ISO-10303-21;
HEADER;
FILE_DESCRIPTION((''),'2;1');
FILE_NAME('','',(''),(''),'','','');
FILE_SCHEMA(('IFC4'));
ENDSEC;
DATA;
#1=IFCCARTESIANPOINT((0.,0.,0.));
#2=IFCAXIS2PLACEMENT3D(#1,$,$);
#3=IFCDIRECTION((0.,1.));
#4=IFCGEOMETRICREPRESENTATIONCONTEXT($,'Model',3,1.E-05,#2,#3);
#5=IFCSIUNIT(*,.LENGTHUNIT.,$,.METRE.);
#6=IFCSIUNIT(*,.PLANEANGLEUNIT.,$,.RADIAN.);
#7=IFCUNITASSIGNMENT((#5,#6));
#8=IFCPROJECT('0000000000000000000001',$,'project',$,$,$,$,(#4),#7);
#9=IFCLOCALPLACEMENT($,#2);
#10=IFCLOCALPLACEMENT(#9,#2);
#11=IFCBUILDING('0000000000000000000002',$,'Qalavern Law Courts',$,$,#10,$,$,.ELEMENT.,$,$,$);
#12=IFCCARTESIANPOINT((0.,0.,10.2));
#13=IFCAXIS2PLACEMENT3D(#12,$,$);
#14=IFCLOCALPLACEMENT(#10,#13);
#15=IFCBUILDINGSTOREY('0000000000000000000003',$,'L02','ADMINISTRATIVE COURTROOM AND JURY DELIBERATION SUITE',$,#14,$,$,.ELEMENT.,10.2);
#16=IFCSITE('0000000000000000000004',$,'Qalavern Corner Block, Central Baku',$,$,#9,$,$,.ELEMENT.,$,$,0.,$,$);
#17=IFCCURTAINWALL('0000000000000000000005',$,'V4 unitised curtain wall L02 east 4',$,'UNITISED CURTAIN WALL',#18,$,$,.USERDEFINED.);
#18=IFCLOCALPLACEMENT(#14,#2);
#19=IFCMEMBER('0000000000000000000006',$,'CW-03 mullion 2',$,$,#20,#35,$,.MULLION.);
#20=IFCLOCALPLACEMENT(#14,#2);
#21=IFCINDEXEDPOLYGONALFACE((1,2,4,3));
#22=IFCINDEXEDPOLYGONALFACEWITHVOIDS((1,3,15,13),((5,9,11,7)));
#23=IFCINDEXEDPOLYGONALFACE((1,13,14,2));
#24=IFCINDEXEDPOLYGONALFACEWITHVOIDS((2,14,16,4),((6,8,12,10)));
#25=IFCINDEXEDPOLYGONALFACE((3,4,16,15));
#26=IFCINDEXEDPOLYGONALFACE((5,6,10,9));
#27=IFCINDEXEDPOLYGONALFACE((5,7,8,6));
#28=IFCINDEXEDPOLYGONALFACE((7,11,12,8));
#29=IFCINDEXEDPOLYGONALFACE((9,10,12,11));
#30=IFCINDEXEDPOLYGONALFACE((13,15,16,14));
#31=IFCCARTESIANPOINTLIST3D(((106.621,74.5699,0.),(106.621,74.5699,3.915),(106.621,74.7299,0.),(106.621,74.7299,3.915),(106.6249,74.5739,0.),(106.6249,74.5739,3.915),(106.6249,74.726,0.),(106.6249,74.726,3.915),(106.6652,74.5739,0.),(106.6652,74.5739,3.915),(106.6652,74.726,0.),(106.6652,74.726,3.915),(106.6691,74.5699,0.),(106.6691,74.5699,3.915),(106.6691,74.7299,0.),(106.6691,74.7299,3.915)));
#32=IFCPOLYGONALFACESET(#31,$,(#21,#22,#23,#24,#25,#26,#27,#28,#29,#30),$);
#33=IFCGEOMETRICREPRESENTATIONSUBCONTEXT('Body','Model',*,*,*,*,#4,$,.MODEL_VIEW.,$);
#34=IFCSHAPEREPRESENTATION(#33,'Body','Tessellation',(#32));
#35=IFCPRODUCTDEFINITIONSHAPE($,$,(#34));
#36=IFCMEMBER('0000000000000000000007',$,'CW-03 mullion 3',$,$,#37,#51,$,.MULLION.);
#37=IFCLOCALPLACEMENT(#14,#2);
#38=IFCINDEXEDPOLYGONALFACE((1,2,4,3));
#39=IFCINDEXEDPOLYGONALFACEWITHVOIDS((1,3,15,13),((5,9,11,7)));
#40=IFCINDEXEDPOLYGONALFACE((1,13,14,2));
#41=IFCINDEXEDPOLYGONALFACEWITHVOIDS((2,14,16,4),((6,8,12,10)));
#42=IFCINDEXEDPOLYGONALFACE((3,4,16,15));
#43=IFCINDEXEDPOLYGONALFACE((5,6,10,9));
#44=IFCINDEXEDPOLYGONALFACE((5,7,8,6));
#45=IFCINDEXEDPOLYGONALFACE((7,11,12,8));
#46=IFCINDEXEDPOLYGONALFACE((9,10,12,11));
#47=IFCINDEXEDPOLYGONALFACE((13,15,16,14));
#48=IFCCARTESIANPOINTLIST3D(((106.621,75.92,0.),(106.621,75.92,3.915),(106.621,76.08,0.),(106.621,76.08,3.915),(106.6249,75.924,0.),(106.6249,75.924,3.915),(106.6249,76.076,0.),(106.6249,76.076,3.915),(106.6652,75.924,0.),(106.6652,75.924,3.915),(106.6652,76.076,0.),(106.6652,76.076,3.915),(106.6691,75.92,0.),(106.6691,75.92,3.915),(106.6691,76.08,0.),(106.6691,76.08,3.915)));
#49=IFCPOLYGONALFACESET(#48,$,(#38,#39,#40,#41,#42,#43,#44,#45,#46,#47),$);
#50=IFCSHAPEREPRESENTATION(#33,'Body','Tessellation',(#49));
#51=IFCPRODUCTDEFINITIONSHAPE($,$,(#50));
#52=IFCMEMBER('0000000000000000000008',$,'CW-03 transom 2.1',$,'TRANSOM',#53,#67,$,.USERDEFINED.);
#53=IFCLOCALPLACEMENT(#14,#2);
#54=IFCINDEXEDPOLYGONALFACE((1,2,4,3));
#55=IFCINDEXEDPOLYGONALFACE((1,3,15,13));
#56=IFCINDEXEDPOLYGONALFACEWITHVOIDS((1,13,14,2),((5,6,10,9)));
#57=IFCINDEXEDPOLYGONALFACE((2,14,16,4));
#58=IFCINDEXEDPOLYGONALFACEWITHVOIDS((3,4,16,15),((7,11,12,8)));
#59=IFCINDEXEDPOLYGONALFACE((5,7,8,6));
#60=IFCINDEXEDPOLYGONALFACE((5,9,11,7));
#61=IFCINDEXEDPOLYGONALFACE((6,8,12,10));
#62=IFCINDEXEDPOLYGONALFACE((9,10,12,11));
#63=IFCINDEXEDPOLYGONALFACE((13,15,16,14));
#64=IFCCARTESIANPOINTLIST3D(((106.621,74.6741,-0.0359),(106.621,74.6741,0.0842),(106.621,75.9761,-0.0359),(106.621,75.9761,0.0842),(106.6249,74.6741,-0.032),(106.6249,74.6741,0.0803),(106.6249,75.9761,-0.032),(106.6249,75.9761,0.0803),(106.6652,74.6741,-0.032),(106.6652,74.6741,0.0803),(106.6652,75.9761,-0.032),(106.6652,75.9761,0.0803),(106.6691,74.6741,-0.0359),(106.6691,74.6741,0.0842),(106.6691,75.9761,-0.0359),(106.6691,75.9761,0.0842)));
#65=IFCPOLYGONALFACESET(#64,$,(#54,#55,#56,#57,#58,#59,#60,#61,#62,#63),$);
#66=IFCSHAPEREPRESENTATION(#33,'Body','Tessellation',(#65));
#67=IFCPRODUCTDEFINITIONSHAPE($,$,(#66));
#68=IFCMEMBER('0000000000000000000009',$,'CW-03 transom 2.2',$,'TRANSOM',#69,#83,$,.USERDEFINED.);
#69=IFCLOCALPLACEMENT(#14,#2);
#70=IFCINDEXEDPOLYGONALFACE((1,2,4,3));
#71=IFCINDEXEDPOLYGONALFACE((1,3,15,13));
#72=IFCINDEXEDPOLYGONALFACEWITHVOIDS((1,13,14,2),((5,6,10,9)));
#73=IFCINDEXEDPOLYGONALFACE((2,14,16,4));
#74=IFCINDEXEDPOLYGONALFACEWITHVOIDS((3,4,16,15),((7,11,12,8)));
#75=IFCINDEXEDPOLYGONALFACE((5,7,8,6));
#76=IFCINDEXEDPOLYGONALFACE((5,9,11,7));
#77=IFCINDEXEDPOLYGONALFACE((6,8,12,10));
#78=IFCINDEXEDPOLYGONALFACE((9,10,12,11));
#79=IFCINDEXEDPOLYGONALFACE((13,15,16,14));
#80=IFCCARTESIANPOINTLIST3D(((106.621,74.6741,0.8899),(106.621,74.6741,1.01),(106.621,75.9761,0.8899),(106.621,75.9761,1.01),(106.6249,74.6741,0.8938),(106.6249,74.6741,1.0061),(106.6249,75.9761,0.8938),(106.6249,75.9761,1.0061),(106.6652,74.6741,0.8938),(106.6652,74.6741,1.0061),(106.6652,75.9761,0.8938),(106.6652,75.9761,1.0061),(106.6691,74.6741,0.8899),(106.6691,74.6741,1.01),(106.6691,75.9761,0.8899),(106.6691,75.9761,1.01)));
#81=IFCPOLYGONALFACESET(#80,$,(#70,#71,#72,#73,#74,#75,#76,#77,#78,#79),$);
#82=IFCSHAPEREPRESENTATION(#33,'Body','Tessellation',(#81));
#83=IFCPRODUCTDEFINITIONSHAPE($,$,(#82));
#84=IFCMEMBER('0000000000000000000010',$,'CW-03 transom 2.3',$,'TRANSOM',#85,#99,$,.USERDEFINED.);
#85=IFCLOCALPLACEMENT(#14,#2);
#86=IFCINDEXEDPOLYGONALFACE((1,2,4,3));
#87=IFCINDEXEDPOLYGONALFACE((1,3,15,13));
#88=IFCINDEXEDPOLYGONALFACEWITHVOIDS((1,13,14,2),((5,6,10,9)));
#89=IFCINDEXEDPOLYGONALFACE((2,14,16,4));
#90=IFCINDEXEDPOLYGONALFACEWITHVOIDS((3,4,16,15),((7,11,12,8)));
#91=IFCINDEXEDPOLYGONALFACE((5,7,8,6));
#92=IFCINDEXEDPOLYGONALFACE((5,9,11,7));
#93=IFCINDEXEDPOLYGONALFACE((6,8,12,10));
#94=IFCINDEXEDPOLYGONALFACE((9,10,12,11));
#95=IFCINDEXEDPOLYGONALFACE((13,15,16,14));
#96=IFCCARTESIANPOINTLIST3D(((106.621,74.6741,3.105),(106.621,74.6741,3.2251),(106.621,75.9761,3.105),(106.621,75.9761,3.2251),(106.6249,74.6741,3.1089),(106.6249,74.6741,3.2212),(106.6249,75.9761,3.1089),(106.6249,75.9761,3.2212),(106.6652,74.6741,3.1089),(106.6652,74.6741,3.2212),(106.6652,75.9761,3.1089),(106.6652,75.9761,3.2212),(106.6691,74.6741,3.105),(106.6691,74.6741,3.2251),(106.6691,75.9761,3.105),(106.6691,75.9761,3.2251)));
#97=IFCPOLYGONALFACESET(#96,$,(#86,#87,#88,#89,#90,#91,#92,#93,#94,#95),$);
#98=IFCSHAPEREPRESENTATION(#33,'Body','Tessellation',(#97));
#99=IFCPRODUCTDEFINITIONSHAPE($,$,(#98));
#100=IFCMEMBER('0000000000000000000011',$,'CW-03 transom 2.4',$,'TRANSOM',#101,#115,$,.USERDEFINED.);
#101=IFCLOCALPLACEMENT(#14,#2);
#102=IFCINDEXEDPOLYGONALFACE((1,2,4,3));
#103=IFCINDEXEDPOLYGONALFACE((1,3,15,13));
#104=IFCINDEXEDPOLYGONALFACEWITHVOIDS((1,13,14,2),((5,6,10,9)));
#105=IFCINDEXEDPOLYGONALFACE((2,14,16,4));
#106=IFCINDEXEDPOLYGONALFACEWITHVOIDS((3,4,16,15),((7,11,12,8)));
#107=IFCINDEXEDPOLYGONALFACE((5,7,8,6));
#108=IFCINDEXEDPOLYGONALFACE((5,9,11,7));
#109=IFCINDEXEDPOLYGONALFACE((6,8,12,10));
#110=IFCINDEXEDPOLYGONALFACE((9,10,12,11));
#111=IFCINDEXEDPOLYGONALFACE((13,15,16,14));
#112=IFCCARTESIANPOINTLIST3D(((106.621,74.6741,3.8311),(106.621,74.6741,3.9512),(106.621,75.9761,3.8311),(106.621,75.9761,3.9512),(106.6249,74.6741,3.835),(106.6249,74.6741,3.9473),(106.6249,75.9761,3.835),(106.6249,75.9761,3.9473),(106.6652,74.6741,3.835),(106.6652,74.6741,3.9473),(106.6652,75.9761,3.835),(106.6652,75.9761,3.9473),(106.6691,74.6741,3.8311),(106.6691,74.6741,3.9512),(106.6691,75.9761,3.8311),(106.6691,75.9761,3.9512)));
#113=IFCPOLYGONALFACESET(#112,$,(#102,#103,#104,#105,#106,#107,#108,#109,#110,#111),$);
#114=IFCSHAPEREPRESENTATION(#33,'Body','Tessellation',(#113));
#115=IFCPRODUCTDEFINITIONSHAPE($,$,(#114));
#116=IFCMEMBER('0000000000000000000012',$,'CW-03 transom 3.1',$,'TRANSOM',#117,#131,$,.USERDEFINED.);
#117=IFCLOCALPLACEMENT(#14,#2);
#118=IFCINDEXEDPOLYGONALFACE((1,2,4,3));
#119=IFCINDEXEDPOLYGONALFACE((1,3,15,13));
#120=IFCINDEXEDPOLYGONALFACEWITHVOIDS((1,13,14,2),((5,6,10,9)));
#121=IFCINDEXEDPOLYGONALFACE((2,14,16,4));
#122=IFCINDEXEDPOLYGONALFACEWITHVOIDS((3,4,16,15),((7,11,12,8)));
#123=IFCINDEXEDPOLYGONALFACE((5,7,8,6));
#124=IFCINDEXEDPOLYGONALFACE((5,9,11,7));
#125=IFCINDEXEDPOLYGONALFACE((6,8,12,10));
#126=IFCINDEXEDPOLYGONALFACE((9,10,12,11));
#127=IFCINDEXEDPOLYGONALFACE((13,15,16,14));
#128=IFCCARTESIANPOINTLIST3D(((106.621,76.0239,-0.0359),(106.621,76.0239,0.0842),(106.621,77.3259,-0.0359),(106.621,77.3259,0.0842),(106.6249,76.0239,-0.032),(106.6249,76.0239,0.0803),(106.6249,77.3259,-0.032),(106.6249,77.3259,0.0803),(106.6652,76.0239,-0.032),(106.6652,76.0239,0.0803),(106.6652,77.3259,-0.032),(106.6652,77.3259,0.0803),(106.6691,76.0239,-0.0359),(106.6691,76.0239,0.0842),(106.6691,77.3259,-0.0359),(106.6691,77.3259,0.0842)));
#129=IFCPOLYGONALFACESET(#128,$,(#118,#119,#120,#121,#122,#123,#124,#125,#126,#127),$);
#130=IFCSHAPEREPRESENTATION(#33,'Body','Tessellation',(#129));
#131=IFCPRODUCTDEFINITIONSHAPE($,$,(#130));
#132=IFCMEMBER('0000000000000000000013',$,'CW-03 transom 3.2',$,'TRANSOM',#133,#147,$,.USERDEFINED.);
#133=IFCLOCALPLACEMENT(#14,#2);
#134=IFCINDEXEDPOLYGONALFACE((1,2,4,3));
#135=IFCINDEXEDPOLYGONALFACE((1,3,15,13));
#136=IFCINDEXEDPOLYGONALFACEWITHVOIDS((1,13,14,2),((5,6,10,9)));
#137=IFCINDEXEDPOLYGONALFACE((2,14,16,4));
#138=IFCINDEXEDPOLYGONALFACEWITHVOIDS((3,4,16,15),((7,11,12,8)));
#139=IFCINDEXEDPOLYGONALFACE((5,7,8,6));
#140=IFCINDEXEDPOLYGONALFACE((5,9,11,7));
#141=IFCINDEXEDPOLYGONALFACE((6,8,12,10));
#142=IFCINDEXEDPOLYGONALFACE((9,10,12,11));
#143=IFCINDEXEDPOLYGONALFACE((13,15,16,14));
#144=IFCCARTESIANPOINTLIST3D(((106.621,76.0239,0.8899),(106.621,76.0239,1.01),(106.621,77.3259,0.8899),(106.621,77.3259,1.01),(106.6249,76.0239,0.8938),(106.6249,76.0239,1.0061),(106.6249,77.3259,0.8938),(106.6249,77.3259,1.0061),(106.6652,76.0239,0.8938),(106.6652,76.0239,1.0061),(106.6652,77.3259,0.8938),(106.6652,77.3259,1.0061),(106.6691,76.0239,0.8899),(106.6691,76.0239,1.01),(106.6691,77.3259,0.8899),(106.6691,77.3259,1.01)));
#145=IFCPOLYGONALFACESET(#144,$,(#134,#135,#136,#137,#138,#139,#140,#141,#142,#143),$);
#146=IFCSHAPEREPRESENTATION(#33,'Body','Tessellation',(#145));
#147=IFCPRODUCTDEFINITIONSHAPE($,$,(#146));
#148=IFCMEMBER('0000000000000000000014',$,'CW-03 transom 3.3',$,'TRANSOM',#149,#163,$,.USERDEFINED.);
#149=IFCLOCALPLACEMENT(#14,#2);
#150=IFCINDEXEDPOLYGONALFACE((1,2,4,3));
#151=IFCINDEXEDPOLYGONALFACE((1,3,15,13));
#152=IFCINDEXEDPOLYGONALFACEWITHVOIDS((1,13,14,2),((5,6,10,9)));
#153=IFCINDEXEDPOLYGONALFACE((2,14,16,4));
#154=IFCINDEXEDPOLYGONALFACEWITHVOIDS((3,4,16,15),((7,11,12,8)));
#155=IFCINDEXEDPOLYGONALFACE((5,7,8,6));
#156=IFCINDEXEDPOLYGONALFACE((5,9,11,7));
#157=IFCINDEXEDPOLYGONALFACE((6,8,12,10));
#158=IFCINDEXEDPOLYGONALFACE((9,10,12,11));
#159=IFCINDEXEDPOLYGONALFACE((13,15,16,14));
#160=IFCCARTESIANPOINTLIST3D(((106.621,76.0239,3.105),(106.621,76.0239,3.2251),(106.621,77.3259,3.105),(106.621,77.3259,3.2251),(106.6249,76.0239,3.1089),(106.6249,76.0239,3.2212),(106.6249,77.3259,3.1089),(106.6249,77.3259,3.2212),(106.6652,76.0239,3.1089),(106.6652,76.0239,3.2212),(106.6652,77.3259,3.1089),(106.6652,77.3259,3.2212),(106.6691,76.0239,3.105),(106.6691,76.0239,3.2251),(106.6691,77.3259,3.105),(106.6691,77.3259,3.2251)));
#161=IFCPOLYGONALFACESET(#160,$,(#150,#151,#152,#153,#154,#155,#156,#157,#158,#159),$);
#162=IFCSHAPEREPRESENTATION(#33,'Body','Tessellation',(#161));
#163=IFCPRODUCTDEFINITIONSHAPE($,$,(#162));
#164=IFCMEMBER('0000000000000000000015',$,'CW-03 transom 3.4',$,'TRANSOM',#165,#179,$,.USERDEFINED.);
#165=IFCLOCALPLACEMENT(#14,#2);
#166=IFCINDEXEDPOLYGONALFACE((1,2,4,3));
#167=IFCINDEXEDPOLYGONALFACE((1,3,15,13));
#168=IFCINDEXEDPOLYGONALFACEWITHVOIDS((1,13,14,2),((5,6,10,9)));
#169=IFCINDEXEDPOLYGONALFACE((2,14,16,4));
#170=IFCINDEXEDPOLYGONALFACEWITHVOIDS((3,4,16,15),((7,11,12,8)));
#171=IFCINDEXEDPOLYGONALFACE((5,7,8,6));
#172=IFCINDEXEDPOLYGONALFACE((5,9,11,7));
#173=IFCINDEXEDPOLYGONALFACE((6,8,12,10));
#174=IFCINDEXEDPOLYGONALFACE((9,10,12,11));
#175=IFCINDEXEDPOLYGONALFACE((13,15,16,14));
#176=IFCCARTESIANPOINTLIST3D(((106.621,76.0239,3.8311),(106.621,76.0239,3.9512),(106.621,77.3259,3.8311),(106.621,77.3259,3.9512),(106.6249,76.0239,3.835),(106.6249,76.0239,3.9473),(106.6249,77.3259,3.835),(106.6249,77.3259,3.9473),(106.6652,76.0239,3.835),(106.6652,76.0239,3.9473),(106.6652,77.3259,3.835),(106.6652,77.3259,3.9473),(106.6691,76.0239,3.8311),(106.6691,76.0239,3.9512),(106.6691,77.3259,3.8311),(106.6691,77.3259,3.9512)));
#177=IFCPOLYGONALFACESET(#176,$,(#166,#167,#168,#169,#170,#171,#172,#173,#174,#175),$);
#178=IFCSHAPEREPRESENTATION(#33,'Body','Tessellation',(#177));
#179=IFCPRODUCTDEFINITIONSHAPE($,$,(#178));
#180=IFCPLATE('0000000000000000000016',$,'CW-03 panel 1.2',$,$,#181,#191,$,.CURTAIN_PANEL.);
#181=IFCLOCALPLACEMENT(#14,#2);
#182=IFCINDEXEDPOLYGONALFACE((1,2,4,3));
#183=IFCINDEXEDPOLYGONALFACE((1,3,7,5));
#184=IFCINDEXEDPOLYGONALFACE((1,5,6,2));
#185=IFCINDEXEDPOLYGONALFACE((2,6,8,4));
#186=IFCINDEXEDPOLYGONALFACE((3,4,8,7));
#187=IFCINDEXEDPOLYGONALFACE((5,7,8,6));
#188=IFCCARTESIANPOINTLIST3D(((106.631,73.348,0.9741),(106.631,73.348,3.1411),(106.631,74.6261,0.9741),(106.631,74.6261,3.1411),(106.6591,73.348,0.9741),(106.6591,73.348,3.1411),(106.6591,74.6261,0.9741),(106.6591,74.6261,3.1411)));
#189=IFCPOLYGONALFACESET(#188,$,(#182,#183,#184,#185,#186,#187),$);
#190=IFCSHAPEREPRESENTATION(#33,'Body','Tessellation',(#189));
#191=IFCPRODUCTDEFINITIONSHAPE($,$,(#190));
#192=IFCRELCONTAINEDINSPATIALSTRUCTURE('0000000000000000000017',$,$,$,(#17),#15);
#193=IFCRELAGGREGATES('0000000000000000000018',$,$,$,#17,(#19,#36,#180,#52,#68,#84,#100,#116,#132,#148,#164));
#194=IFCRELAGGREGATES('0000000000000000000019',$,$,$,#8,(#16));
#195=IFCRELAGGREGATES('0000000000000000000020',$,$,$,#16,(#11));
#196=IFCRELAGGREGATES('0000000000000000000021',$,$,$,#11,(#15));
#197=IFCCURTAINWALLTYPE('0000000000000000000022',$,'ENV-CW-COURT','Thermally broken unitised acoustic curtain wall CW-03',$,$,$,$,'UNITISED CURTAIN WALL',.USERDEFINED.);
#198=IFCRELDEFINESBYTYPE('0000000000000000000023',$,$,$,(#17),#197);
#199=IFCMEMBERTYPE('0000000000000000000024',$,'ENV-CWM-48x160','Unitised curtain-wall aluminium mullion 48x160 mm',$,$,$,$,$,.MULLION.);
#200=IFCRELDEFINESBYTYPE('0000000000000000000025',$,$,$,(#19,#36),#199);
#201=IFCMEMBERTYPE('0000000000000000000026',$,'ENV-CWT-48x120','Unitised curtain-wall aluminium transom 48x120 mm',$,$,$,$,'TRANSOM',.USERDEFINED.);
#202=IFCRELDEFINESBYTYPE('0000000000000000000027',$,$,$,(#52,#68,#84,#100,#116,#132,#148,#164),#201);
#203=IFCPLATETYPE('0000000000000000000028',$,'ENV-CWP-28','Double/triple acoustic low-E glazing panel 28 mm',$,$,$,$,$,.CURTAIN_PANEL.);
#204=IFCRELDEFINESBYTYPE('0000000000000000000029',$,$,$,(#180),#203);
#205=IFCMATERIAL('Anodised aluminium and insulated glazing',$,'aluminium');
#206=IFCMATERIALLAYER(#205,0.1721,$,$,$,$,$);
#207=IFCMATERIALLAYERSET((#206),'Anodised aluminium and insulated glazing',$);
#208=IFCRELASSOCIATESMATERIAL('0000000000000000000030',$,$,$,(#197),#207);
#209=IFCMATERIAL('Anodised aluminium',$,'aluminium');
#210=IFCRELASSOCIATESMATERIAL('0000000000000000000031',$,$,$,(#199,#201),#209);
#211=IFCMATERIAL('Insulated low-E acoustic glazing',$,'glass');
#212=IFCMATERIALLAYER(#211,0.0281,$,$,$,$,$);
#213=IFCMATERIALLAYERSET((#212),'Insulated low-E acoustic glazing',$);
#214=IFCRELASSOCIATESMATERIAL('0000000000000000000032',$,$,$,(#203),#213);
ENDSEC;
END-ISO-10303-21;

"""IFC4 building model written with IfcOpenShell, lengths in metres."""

from ifc_helpers import new_model, si_unit, direction, frame, origin, origin_2d, place, context, subcontext, project, spatial, rectangle, hollow_rectangle, extrude, material, layer, layer_set, material_profile, profile_set, type_object, element, aggregate, save


model = new_model("IFC4")

# Units and contexts
model_context = context("Model", 3, precision=1e-05, world=origin(), true_north=direction((0.0, 1.0)))
body_context = subcontext(model_context, "Body", "Model", "MODEL_VIEW")
ifc_project = project(units=[si_unit("LENGTHUNIT", "METRE"), si_unit("PLANEANGLEUNIT", "RADIAN")], contexts=[model_context])

# Site, building, storey
site_placement = place(None, origin())
site = spatial("IfcSite", under=ifc_project, at=site_placement, Name="Qalavern Corner Block, Central Baku", CompositionType="ELEMENT", RefElevation=0.0)
building_placement = place(site_placement, origin())
building = spatial("IfcBuilding", under=site, at=building_placement, Name="Qalavern Law Courts", CompositionType="ELEMENT")
storey_placement = place(building_placement, frame((0.0, 0.0, 10.2)))
storey = spatial("IfcBuildingStorey", under=building, at=storey_placement, Name="L02", Description="ADMINISTRATIVE COURTROOM AND JURY DELIBERATION SUITE", CompositionType="ELEMENT", Elevation=10.2)

# Curtain wall, members, plate
ifc_material_1 = material(Name="Anodised aluminium and insulated glazing", Category="aluminium")
ifc_layer_1 = layer(ifc_material_1, 0.1721)
ifc_layer_set_1 = layer_set([ifc_layer_1], Name="Anodised aluminium and insulated glazing")
curtain_wall_type = type_object("IfcCurtainWallType", Name="ENV-CW-COURT", Description="Thermally broken unitised acoustic curtain wall CW-03", ElementType="UNITISED CURTAIN WALL", PredefinedType="USERDEFINED", material=ifc_layer_set_1)
curtain_wall_placement = place(storey_placement, origin())
curtain_wall = element("IfcCurtainWall", 1, at=curtain_wall_placement, inside=storey, type_object=curtain_wall_type, Name="V4 unitised curtain wall L02 east 4", ObjectType="UNITISED CURTAIN WALL", PredefinedType="USERDEFINED")
ifc_material_2 = material(Name="Anodised aluminium", Category="aluminium")
ifc_material_profile_1 = material_profile(ifc_material_2, hollow_rectangle(XDim=0.0481, YDim=0.1599, WallThickness=0.0039, at=origin_2d()), Name="ALU MULLION 48x160")
ifc_profile_set_1 = profile_set([ifc_material_profile_1], Name="Anodised aluminium")
member_type_1 = type_object("IfcMemberType", Name="ENV-CWM-48x160", Description="Unitised curtain-wall aluminium mullion 48x160 mm", PredefinedType="MULLION", material=ifc_profile_set_1)
member_1_placement = place(storey_placement, frame((106.645, 74.6499, 0.0), z_axis=(0.0, 0.0, 1.0), x_axis=(-1.0, 0.0, 0.0)))
member_1 = element("IfcMember", 2, at=member_1_placement, type_object=member_type_1, Name="CW-03 mullion 2", PredefinedType="MULLION", context=body_context, shape_type="SweptSolid", body=[
    extrude(hollow_rectangle(XDim=0.0481, YDim=0.1599, WallThickness=0.0039, at=origin_2d()), origin(), (0.0, 0.0, 1.0), 3.915),
])
member_2_placement = place(storey_placement, frame((106.645, 76.0, 0.0), z_axis=(0.0, 0.0, 1.0), x_axis=(-1.0, 0.0, 0.0)))
member_2 = element("IfcMember", 3, at=member_2_placement, type_object=member_type_1, Name="CW-03 mullion 3", PredefinedType="MULLION", context=body_context, shape_type="SweptSolid", body=[
    extrude(hollow_rectangle(XDim=0.0481, YDim=0.1599, WallThickness=0.0039, at=origin_2d()), origin(), (0.0, 0.0, 1.0), 3.915),
])
ifc_material_profile_2 = material_profile(ifc_material_2, hollow_rectangle(XDim=0.0481, YDim=0.1201, WallThickness=0.0039, at=origin_2d()), Name="ALU TRANSOM 48x120")
ifc_profile_set_2 = profile_set([ifc_material_profile_2], Name="Anodised aluminium")
member_type_2 = type_object("IfcMemberType", Name="ENV-CWT-48x120", Description="Unitised curtain-wall aluminium transom 48x120 mm", ElementType="TRANSOM", PredefinedType="USERDEFINED", material=ifc_profile_set_2)
member_3_placement = place(storey_placement, frame((106.645, 74.6741, 0.0242), z_axis=(0.0, 1.0, 0.0), x_axis=(-1.0, 0.0, 0.0)))
member_3 = element("IfcMember", 4, at=member_3_placement, type_object=member_type_2, Name="CW-03 transom 2.1", ObjectType="TRANSOM", PredefinedType="USERDEFINED", context=body_context, shape_type="SweptSolid", body=[
    extrude(hollow_rectangle(XDim=0.0481, YDim=0.1201, WallThickness=0.0039, at=origin_2d()), origin(), (0.0, 0.0, 1.0), 1.302),
])
member_4_placement = place(storey_placement, frame((106.645, 74.6741, 0.95), z_axis=(0.0, 1.0, 0.0), x_axis=(-1.0, 0.0, 0.0)))
member_4 = element("IfcMember", 5, at=member_4_placement, type_object=member_type_2, Name="CW-03 transom 2.2", ObjectType="TRANSOM", PredefinedType="USERDEFINED", context=body_context, shape_type="SweptSolid", body=[
    extrude(hollow_rectangle(XDim=0.0481, YDim=0.1201, WallThickness=0.0039, at=origin_2d()), origin(), (0.0, 0.0, 1.0), 1.302),
])
member_5_placement = place(storey_placement, frame((106.645, 74.6741, 3.165), z_axis=(0.0, 1.0, 0.0), x_axis=(-1.0, 0.0, 0.0)))
member_5 = element("IfcMember", 6, at=member_5_placement, type_object=member_type_2, Name="CW-03 transom 2.3", ObjectType="TRANSOM", PredefinedType="USERDEFINED", context=body_context, shape_type="SweptSolid", body=[
    extrude(hollow_rectangle(XDim=0.0481, YDim=0.1201, WallThickness=0.0039, at=origin_2d()), origin(), (0.0, 0.0, 1.0), 1.302),
])
member_6_placement = place(storey_placement, frame((106.645, 74.6741, 3.8911), z_axis=(0.0, 1.0, 0.0), x_axis=(-1.0, 0.0, 0.0)))
member_6 = element("IfcMember", 7, at=member_6_placement, type_object=member_type_2, Name="CW-03 transom 2.4", ObjectType="TRANSOM", PredefinedType="USERDEFINED", context=body_context, shape_type="SweptSolid", body=[
    extrude(hollow_rectangle(XDim=0.0481, YDim=0.1201, WallThickness=0.0039, at=origin_2d()), origin(), (0.0, 0.0, 1.0), 1.302),
])
member_7_placement = place(storey_placement, frame((106.645, 76.0239, 0.0242), z_axis=(0.0, 1.0, 0.0), x_axis=(-1.0, 0.0, 0.0)))
member_7 = element("IfcMember", 8, at=member_7_placement, type_object=member_type_2, Name="CW-03 transom 3.1", ObjectType="TRANSOM", PredefinedType="USERDEFINED", context=body_context, shape_type="SweptSolid", body=[
    extrude(hollow_rectangle(XDim=0.0481, YDim=0.1201, WallThickness=0.0039, at=origin_2d()), origin(), (0.0, 0.0, 1.0), 1.302),
])
member_8_placement = place(storey_placement, frame((106.645, 76.0239, 0.95), z_axis=(0.0, 1.0, 0.0), x_axis=(-1.0, 0.0, 0.0)))
member_8 = element("IfcMember", 9, at=member_8_placement, type_object=member_type_2, Name="CW-03 transom 3.2", ObjectType="TRANSOM", PredefinedType="USERDEFINED", context=body_context, shape_type="SweptSolid", body=[
    extrude(hollow_rectangle(XDim=0.0481, YDim=0.1201, WallThickness=0.0039, at=origin_2d()), origin(), (0.0, 0.0, 1.0), 1.302),
])
member_9_placement = place(storey_placement, frame((106.645, 76.0239, 3.165), z_axis=(0.0, 1.0, 0.0), x_axis=(-1.0, 0.0, 0.0)))
member_9 = element("IfcMember", 10, at=member_9_placement, type_object=member_type_2, Name="CW-03 transom 3.3", ObjectType="TRANSOM", PredefinedType="USERDEFINED", context=body_context, shape_type="SweptSolid", body=[
    extrude(hollow_rectangle(XDim=0.0481, YDim=0.1201, WallThickness=0.0039, at=origin_2d()), origin(), (0.0, 0.0, 1.0), 1.302),
])
member_10_placement = place(storey_placement, frame((106.645, 76.0239, 3.8911), z_axis=(0.0, 1.0, 0.0), x_axis=(-1.0, 0.0, 0.0)))
member_10 = element("IfcMember", 11, at=member_10_placement, type_object=member_type_2, Name="CW-03 transom 3.4", ObjectType="TRANSOM", PredefinedType="USERDEFINED", context=body_context, shape_type="SweptSolid", body=[
    extrude(hollow_rectangle(XDim=0.0481, YDim=0.1201, WallThickness=0.0039, at=origin_2d()), origin(), (0.0, 0.0, 1.0), 1.302),
])
ifc_material_3 = material(Name="Insulated low-E acoustic glazing", Category="glass")
ifc_layer_2 = layer(ifc_material_3, 0.0281)
ifc_layer_set_2 = layer_set([ifc_layer_2], Name="Insulated low-E acoustic glazing")
plate_type = type_object("IfcPlateType", Name="ENV-CWP-28", Description="Double/triple acoustic low-E glazing panel 28 mm", PredefinedType="CURTAIN_PANEL", material=ifc_layer_set_2)
plate_1_placement = place(storey_placement, frame((106.645, 73.9871, 0.9741), z_axis=(0.0, 0.0, 1.0), x_axis=(0.0, 1.0, 0.0)))
plate_1 = element("IfcPlate", 12, at=plate_1_placement, type_object=plate_type, Name="CW-03 panel 1.2", PredefinedType="CURTAIN_PANEL", context=body_context, shape_type="SweptSolid", body=[
    extrude(rectangle(XDim=1.2781, YDim=0.0281, at=origin_2d()), origin(), (0.0, 0.0, 1.0), 2.167),
])
aggregate(curtain_wall, [member_1, member_2, plate_1, member_3, member_4, member_5, member_6, member_7, member_8, member_9, member_10])

save(model, "model.ifc")
